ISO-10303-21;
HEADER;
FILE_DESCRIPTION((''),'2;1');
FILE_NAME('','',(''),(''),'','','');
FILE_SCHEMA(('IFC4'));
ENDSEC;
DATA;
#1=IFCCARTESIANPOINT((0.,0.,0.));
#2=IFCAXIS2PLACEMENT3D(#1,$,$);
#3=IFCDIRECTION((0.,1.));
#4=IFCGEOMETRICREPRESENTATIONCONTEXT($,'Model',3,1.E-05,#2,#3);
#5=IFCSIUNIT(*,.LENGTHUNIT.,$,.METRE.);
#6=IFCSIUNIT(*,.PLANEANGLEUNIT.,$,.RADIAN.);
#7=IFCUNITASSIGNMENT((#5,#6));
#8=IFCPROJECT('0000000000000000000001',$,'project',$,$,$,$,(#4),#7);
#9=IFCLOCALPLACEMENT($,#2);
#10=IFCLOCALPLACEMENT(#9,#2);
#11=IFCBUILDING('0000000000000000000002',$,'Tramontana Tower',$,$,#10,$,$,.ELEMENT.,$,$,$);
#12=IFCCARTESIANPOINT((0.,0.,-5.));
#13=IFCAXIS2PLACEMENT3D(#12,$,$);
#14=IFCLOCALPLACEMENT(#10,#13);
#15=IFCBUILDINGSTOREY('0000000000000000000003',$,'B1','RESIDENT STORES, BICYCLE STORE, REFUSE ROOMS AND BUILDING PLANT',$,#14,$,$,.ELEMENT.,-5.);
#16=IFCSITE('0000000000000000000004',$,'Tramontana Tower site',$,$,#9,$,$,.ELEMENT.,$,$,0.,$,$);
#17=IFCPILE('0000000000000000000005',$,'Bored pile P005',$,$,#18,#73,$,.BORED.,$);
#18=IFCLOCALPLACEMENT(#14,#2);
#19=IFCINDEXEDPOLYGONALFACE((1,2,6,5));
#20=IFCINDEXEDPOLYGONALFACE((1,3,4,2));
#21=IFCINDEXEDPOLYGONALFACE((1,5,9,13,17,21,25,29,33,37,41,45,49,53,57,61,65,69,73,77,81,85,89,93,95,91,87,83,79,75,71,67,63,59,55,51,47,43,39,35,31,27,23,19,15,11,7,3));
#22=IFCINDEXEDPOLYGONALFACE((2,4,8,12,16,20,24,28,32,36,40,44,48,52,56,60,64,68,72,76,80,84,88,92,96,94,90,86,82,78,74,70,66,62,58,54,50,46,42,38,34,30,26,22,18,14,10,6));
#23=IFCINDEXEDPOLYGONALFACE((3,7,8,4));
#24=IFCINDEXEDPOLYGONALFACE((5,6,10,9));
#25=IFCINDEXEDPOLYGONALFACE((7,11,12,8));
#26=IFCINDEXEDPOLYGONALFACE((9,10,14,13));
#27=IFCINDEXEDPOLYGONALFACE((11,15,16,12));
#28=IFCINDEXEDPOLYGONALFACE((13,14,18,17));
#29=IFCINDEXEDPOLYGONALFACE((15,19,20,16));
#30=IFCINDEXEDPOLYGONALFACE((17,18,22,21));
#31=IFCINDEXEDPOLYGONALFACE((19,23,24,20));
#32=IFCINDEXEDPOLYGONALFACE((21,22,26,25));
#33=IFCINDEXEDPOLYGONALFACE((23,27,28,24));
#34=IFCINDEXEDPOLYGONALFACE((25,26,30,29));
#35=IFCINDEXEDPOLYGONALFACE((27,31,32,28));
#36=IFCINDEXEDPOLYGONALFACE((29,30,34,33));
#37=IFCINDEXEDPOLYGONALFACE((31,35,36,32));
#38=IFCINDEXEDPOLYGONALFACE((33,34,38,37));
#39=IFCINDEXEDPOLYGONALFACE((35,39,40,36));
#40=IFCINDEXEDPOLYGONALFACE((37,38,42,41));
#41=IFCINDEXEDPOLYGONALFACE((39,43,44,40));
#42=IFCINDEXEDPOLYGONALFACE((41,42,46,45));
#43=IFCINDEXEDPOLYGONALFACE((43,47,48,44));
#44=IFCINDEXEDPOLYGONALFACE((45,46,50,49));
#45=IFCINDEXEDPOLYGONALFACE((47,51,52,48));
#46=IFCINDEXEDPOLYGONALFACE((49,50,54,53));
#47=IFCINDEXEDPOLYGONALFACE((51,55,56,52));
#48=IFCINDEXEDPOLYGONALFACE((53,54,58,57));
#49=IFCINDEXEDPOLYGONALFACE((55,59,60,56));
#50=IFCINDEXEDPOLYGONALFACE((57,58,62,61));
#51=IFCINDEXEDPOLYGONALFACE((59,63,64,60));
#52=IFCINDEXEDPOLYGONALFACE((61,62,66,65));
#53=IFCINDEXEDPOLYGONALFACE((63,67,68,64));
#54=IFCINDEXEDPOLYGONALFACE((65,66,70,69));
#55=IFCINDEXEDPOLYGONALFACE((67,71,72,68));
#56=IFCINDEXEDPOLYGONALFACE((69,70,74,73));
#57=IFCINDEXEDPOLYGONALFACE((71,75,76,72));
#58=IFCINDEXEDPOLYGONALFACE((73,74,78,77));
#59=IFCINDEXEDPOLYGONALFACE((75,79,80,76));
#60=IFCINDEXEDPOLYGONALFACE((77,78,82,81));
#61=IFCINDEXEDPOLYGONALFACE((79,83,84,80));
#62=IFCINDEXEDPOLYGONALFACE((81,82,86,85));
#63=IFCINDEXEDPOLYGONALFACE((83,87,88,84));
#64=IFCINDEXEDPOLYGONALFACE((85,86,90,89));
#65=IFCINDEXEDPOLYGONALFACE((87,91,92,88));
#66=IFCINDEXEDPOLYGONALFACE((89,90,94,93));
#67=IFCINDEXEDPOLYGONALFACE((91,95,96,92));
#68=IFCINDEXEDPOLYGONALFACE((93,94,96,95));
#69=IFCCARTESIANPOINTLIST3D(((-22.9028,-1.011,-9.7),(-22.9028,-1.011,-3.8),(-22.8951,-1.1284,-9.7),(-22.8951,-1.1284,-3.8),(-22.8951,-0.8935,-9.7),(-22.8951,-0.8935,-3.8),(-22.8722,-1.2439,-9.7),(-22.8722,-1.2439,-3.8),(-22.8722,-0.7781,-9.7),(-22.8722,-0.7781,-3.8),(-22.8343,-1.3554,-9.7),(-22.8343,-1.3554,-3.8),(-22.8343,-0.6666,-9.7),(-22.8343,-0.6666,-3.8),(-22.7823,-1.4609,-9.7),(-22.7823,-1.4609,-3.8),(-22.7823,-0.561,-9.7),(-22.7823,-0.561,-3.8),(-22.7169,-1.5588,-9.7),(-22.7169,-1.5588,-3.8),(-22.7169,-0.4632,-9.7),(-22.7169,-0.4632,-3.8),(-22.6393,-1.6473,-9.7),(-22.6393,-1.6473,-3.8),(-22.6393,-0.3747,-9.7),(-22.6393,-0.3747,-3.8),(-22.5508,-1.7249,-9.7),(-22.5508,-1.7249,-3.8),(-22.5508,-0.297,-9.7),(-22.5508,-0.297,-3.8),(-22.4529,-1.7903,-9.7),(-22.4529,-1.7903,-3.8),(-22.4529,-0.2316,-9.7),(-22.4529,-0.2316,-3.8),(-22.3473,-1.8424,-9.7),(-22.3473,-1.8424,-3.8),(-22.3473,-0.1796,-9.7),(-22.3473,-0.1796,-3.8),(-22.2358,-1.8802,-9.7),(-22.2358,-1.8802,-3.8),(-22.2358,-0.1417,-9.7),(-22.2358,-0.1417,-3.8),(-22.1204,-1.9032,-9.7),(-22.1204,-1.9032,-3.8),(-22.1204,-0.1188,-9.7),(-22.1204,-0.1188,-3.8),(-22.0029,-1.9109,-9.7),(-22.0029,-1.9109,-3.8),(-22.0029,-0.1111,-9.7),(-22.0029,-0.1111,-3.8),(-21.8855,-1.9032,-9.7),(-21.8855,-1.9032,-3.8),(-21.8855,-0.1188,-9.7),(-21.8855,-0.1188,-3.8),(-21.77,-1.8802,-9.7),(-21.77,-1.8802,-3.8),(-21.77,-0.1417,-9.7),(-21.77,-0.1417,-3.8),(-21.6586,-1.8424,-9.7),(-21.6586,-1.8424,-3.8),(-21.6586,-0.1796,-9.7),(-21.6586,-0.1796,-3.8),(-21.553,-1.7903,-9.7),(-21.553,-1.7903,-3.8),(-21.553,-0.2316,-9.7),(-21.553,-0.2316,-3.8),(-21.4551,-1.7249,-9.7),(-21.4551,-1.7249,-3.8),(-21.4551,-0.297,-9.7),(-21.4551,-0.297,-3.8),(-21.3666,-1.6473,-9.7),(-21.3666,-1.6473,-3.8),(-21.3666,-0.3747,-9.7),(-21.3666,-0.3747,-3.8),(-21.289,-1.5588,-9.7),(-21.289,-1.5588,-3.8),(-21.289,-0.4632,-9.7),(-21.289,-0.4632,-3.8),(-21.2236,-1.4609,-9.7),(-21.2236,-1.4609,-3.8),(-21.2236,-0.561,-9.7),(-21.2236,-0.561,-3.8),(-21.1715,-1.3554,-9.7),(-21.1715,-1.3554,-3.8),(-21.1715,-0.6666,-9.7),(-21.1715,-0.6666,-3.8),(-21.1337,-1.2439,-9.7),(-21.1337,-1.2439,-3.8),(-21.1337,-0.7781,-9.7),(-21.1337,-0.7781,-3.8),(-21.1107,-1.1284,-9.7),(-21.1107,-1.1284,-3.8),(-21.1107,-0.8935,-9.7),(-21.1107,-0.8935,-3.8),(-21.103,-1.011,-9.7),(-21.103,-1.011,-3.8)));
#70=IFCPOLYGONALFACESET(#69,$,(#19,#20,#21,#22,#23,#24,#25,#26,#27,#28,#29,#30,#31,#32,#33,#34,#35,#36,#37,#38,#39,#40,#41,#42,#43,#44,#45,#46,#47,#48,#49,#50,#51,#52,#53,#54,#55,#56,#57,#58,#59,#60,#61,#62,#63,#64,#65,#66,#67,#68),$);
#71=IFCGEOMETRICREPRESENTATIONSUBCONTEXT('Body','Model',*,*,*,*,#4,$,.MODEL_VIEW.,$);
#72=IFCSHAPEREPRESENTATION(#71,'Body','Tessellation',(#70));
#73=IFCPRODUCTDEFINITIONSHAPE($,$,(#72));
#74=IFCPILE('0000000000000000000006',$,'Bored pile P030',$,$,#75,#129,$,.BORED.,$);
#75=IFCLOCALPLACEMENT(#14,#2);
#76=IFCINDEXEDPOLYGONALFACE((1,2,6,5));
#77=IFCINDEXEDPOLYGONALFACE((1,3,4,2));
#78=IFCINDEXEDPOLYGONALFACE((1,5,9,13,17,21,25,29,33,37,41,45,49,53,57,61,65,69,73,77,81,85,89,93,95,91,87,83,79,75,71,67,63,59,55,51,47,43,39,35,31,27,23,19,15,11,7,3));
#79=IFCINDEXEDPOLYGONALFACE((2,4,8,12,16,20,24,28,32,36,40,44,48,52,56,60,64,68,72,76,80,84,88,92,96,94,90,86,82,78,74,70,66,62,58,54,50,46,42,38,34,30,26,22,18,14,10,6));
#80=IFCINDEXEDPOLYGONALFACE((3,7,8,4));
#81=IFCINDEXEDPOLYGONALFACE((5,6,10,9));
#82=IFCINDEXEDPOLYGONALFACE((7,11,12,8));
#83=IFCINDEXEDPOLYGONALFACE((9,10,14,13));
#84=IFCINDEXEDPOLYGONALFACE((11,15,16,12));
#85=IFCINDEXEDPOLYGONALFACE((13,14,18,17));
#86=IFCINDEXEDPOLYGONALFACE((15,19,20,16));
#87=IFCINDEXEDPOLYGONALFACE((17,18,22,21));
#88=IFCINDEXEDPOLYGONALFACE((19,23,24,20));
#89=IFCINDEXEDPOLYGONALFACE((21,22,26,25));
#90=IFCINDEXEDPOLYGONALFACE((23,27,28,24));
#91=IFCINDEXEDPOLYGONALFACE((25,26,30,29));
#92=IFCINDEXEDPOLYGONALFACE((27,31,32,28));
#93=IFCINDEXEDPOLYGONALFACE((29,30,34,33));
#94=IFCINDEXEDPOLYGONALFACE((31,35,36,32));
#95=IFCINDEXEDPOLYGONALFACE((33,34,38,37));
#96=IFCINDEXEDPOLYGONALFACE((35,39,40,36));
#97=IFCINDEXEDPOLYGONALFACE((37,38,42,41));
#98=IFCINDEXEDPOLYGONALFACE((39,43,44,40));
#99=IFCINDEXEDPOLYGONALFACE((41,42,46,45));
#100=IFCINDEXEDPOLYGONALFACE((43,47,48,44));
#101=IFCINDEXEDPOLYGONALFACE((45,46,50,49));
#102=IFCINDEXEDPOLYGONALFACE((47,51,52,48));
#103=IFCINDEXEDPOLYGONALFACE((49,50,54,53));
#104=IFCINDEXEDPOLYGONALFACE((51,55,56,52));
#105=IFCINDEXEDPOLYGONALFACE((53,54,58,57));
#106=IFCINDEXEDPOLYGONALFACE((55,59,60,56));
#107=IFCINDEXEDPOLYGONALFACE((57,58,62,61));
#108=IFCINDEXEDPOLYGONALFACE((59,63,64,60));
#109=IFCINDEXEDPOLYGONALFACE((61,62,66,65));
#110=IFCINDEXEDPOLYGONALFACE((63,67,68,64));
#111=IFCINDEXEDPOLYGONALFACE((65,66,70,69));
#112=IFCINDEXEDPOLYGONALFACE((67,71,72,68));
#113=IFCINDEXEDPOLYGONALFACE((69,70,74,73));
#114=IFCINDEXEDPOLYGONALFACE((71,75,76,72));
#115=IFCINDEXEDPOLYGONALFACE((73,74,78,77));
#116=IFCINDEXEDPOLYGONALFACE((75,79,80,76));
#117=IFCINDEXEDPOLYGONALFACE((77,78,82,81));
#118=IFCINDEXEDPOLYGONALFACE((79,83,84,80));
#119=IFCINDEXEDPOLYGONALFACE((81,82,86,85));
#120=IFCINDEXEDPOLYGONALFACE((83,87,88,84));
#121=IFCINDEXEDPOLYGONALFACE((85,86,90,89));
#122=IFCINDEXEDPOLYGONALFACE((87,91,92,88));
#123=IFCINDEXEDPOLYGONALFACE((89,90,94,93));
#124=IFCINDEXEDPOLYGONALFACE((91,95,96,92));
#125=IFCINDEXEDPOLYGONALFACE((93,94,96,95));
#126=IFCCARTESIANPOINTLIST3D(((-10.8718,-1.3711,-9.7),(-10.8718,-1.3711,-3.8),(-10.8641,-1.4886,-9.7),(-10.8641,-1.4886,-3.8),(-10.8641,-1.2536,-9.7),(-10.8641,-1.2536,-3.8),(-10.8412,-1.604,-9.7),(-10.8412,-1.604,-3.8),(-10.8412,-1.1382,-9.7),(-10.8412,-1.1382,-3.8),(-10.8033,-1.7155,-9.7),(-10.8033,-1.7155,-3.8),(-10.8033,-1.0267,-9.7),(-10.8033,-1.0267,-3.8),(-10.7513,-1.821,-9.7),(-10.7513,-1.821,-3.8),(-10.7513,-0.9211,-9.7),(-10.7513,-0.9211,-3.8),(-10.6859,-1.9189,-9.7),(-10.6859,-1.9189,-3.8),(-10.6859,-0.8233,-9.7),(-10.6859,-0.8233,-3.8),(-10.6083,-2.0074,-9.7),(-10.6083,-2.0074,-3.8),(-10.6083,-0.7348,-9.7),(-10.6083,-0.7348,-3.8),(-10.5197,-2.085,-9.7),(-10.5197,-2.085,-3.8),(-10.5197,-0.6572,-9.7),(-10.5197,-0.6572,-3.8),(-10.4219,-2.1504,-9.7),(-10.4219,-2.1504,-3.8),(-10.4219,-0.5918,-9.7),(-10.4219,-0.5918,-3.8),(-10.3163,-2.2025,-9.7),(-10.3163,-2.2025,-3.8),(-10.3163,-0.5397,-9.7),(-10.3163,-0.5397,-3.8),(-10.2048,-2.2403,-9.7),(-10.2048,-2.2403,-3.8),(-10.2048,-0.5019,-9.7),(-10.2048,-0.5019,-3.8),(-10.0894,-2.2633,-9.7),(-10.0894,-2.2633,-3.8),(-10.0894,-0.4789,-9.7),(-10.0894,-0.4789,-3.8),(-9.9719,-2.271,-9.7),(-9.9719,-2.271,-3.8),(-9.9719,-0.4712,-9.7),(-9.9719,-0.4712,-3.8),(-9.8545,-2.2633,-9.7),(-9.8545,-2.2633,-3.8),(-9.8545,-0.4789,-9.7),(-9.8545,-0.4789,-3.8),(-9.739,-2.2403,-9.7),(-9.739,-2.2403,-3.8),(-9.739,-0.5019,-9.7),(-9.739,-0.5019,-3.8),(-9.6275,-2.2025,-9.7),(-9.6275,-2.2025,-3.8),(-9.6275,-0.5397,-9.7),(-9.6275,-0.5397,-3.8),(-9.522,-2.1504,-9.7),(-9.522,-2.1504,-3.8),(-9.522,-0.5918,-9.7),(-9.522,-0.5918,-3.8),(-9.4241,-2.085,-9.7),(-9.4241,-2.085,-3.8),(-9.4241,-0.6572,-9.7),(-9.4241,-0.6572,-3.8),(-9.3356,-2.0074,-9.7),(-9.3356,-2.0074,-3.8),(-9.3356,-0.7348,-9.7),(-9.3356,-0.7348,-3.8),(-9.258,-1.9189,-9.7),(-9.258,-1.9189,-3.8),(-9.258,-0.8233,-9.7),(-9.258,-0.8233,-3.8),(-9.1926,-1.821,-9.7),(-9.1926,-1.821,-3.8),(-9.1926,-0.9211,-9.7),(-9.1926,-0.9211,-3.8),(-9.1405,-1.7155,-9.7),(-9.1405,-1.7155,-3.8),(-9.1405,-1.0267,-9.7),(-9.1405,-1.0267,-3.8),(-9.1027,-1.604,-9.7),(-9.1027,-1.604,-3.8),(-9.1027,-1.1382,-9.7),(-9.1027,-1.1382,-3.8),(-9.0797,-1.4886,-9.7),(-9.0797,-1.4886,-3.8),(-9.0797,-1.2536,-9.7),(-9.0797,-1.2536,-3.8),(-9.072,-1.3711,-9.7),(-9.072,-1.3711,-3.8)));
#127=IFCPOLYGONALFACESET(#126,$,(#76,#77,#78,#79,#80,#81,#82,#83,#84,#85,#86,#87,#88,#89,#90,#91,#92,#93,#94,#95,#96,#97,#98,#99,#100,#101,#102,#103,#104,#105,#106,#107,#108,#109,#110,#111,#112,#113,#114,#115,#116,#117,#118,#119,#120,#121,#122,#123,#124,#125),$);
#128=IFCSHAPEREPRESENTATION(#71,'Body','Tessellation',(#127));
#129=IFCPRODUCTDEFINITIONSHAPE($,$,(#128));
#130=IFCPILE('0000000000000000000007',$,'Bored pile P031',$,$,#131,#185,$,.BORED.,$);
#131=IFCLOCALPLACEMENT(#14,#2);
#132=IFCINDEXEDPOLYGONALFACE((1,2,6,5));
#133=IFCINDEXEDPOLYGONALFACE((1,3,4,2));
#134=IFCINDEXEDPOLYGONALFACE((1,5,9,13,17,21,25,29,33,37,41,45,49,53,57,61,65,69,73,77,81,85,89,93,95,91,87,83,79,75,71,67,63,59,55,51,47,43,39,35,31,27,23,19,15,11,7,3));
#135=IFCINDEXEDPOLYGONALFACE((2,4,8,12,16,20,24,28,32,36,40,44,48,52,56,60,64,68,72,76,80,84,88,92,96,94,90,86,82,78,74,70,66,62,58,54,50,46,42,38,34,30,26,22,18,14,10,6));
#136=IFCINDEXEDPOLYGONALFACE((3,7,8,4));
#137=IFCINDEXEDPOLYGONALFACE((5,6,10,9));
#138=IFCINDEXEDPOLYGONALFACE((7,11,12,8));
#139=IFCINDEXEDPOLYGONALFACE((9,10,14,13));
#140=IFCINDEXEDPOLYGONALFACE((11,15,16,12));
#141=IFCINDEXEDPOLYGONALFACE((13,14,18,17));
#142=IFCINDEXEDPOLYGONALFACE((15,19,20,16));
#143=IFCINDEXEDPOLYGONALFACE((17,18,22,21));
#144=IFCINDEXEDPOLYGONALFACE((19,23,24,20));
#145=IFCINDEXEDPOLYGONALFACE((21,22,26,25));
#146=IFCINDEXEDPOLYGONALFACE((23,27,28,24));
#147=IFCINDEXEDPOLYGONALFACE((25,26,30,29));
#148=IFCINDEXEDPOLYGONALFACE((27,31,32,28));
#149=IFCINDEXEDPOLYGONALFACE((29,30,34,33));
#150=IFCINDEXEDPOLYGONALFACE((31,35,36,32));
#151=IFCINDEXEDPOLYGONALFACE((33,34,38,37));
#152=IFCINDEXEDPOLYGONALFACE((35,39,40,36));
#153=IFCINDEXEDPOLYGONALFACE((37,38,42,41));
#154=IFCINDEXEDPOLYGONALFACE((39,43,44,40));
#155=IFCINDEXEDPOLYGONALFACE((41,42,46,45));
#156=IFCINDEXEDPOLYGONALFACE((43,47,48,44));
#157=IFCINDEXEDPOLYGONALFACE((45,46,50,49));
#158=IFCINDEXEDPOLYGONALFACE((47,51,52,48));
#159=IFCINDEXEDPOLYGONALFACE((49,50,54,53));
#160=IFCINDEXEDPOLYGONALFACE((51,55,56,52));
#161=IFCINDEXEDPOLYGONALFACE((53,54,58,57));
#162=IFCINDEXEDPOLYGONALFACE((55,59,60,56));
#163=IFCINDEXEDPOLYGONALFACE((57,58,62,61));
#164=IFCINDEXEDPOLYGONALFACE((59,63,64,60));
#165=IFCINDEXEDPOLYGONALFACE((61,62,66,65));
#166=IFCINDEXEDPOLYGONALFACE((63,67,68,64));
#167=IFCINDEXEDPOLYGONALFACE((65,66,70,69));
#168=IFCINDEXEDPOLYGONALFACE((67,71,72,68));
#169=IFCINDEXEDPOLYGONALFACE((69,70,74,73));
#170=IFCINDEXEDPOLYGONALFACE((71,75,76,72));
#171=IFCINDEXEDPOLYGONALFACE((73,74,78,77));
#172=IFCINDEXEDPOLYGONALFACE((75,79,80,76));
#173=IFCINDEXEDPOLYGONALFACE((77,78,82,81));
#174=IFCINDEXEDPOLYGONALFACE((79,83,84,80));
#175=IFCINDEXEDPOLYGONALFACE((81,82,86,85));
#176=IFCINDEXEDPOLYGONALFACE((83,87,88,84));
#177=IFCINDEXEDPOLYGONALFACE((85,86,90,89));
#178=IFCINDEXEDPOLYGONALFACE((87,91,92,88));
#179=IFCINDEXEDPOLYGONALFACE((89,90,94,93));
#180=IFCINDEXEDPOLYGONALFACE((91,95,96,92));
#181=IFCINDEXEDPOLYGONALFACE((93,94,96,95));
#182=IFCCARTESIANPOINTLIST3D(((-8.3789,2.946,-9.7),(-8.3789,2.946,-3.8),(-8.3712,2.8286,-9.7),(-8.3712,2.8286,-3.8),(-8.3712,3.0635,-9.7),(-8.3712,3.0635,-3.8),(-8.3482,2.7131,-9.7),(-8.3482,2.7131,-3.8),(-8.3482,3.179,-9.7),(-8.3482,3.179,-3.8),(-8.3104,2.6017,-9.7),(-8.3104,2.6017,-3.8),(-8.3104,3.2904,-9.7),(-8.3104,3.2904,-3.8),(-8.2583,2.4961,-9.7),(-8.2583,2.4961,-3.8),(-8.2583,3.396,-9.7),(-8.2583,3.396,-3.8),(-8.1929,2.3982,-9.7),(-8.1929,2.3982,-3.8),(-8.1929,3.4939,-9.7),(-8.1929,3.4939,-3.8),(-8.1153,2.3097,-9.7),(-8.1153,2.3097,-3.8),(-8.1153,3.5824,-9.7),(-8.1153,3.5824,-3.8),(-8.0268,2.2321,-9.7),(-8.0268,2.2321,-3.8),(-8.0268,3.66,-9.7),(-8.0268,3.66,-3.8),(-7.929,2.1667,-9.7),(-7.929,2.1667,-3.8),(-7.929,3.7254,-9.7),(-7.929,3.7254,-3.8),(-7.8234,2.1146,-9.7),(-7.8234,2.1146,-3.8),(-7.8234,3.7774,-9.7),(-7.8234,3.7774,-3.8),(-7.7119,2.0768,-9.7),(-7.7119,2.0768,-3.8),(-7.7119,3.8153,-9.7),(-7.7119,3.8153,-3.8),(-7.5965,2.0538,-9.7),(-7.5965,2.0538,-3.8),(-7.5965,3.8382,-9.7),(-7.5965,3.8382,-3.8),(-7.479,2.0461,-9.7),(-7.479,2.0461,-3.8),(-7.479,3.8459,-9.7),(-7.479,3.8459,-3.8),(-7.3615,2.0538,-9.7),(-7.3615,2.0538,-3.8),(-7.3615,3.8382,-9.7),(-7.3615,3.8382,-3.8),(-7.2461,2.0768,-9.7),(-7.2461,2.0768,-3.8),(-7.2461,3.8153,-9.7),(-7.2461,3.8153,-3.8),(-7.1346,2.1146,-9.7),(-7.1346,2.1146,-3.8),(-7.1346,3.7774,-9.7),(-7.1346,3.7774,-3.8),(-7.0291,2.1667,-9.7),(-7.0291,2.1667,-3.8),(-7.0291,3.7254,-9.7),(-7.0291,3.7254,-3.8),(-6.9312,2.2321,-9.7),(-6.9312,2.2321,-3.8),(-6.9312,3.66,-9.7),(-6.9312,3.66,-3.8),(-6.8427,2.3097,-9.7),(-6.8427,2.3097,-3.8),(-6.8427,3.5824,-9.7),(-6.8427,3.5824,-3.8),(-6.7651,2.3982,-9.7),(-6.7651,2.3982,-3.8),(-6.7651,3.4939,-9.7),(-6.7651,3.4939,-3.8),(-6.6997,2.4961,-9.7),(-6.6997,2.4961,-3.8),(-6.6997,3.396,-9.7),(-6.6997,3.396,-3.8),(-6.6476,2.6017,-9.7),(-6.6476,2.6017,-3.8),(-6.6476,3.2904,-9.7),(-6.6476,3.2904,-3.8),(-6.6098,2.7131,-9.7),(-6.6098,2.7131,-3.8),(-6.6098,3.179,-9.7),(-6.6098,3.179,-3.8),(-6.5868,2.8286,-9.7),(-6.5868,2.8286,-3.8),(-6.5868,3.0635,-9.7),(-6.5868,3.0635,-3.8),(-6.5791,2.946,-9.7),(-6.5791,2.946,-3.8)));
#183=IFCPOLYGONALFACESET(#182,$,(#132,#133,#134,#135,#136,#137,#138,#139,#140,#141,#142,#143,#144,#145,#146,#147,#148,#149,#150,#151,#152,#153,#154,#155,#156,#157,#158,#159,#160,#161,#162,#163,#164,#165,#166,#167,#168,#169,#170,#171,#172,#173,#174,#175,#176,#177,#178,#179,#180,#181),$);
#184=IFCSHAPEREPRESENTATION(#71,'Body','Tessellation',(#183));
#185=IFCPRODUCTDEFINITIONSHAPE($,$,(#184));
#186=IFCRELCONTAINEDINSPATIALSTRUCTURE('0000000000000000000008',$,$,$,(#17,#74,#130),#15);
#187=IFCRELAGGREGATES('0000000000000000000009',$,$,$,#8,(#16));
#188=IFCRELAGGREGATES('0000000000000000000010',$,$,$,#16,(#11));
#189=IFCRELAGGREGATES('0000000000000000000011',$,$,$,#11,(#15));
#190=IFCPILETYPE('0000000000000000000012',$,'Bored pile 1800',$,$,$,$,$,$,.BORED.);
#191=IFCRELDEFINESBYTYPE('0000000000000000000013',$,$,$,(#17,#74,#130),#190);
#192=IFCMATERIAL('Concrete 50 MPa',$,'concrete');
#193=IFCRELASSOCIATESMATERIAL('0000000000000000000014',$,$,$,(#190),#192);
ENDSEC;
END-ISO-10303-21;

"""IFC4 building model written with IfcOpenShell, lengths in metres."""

from ifc_helpers import new_model, si_unit, direction, frame, origin, origin_2d, place, context, subcontext, project, spatial, circle, extrude, material, material_profile, profile_set, type_object, element, save


model = new_model("IFC4")

# Units and contexts
model_context = context("Model", 3, precision=1e-05, world=origin(), true_north=direction((0.0, 1.0)))
body_context = subcontext(model_context, "Body", "Model", "MODEL_VIEW")
ifc_project = project(units=[si_unit("LENGTHUNIT", "METRE"), si_unit("PLANEANGLEUNIT", "RADIAN")], contexts=[model_context])

# Site, building, storey
site_placement = place(None, origin())
site = spatial("IfcSite", under=ifc_project, at=site_placement, Name="Tramontana Tower site", CompositionType="ELEMENT", RefElevation=0.0)
building_placement = place(site_placement, origin())
building = spatial("IfcBuilding", under=site, at=building_placement, Name="Tramontana Tower", CompositionType="ELEMENT")
storey_placement = place(building_placement, frame((0.0, 0.0, -5.0)))
storey = spatial("IfcBuildingStorey", under=building, at=storey_placement, Name="B1", Description="RESIDENT STORES, BICYCLE STORE, REFUSE ROOMS AND BUILDING PLANT", CompositionType="ELEMENT", Elevation=-5.0)

# Piles
ifc_material_1 = material(Name="Concrete 50 MPa", Category="concrete")
ifc_material_profile_1 = material_profile(ifc_material_1, circle(Radius=0.8999, at=origin_2d()), Name="Bored pile 1800")
ifc_profile_set_1 = profile_set([ifc_material_profile_1], Name="Concrete 50 MPa")
pile_type = type_object("IfcPileType", Name="Bored pile 1800", PredefinedType="BORED", material=ifc_profile_set_1)
for number, where, z_axis, x_axis, name in (
    (1, (-22.0029, -1.011, -3.8), (0.0, 0.0, -1.0), (1.0, 0.0, 0.0), "Bored pile P005"),
    (2, (-9.9719, -1.3711, -3.8), (0.0, 0.0, -1.0), (1.0, 0.0, 0.0), "Bored pile P030"),
    (3, (-7.479, 2.946, -3.8), (0.0, 0.0, -1.0), (1.0, 0.0, 0.0), "Bored pile P031"),
):
    element("IfcPile", number, at=place(storey_placement, frame(where, z_axis=z_axis, x_axis=x_axis)), inside=storey, type_object=pile_type, Name=name, PredefinedType="BORED", context=body_context, shape_type="SweptSolid", body=[
        extrude(circle(Radius=0.8999, at=origin_2d()), origin(), (0.0, 0.0, 1.0), 5.8999),
    ])

save(model, "model.ifc")
